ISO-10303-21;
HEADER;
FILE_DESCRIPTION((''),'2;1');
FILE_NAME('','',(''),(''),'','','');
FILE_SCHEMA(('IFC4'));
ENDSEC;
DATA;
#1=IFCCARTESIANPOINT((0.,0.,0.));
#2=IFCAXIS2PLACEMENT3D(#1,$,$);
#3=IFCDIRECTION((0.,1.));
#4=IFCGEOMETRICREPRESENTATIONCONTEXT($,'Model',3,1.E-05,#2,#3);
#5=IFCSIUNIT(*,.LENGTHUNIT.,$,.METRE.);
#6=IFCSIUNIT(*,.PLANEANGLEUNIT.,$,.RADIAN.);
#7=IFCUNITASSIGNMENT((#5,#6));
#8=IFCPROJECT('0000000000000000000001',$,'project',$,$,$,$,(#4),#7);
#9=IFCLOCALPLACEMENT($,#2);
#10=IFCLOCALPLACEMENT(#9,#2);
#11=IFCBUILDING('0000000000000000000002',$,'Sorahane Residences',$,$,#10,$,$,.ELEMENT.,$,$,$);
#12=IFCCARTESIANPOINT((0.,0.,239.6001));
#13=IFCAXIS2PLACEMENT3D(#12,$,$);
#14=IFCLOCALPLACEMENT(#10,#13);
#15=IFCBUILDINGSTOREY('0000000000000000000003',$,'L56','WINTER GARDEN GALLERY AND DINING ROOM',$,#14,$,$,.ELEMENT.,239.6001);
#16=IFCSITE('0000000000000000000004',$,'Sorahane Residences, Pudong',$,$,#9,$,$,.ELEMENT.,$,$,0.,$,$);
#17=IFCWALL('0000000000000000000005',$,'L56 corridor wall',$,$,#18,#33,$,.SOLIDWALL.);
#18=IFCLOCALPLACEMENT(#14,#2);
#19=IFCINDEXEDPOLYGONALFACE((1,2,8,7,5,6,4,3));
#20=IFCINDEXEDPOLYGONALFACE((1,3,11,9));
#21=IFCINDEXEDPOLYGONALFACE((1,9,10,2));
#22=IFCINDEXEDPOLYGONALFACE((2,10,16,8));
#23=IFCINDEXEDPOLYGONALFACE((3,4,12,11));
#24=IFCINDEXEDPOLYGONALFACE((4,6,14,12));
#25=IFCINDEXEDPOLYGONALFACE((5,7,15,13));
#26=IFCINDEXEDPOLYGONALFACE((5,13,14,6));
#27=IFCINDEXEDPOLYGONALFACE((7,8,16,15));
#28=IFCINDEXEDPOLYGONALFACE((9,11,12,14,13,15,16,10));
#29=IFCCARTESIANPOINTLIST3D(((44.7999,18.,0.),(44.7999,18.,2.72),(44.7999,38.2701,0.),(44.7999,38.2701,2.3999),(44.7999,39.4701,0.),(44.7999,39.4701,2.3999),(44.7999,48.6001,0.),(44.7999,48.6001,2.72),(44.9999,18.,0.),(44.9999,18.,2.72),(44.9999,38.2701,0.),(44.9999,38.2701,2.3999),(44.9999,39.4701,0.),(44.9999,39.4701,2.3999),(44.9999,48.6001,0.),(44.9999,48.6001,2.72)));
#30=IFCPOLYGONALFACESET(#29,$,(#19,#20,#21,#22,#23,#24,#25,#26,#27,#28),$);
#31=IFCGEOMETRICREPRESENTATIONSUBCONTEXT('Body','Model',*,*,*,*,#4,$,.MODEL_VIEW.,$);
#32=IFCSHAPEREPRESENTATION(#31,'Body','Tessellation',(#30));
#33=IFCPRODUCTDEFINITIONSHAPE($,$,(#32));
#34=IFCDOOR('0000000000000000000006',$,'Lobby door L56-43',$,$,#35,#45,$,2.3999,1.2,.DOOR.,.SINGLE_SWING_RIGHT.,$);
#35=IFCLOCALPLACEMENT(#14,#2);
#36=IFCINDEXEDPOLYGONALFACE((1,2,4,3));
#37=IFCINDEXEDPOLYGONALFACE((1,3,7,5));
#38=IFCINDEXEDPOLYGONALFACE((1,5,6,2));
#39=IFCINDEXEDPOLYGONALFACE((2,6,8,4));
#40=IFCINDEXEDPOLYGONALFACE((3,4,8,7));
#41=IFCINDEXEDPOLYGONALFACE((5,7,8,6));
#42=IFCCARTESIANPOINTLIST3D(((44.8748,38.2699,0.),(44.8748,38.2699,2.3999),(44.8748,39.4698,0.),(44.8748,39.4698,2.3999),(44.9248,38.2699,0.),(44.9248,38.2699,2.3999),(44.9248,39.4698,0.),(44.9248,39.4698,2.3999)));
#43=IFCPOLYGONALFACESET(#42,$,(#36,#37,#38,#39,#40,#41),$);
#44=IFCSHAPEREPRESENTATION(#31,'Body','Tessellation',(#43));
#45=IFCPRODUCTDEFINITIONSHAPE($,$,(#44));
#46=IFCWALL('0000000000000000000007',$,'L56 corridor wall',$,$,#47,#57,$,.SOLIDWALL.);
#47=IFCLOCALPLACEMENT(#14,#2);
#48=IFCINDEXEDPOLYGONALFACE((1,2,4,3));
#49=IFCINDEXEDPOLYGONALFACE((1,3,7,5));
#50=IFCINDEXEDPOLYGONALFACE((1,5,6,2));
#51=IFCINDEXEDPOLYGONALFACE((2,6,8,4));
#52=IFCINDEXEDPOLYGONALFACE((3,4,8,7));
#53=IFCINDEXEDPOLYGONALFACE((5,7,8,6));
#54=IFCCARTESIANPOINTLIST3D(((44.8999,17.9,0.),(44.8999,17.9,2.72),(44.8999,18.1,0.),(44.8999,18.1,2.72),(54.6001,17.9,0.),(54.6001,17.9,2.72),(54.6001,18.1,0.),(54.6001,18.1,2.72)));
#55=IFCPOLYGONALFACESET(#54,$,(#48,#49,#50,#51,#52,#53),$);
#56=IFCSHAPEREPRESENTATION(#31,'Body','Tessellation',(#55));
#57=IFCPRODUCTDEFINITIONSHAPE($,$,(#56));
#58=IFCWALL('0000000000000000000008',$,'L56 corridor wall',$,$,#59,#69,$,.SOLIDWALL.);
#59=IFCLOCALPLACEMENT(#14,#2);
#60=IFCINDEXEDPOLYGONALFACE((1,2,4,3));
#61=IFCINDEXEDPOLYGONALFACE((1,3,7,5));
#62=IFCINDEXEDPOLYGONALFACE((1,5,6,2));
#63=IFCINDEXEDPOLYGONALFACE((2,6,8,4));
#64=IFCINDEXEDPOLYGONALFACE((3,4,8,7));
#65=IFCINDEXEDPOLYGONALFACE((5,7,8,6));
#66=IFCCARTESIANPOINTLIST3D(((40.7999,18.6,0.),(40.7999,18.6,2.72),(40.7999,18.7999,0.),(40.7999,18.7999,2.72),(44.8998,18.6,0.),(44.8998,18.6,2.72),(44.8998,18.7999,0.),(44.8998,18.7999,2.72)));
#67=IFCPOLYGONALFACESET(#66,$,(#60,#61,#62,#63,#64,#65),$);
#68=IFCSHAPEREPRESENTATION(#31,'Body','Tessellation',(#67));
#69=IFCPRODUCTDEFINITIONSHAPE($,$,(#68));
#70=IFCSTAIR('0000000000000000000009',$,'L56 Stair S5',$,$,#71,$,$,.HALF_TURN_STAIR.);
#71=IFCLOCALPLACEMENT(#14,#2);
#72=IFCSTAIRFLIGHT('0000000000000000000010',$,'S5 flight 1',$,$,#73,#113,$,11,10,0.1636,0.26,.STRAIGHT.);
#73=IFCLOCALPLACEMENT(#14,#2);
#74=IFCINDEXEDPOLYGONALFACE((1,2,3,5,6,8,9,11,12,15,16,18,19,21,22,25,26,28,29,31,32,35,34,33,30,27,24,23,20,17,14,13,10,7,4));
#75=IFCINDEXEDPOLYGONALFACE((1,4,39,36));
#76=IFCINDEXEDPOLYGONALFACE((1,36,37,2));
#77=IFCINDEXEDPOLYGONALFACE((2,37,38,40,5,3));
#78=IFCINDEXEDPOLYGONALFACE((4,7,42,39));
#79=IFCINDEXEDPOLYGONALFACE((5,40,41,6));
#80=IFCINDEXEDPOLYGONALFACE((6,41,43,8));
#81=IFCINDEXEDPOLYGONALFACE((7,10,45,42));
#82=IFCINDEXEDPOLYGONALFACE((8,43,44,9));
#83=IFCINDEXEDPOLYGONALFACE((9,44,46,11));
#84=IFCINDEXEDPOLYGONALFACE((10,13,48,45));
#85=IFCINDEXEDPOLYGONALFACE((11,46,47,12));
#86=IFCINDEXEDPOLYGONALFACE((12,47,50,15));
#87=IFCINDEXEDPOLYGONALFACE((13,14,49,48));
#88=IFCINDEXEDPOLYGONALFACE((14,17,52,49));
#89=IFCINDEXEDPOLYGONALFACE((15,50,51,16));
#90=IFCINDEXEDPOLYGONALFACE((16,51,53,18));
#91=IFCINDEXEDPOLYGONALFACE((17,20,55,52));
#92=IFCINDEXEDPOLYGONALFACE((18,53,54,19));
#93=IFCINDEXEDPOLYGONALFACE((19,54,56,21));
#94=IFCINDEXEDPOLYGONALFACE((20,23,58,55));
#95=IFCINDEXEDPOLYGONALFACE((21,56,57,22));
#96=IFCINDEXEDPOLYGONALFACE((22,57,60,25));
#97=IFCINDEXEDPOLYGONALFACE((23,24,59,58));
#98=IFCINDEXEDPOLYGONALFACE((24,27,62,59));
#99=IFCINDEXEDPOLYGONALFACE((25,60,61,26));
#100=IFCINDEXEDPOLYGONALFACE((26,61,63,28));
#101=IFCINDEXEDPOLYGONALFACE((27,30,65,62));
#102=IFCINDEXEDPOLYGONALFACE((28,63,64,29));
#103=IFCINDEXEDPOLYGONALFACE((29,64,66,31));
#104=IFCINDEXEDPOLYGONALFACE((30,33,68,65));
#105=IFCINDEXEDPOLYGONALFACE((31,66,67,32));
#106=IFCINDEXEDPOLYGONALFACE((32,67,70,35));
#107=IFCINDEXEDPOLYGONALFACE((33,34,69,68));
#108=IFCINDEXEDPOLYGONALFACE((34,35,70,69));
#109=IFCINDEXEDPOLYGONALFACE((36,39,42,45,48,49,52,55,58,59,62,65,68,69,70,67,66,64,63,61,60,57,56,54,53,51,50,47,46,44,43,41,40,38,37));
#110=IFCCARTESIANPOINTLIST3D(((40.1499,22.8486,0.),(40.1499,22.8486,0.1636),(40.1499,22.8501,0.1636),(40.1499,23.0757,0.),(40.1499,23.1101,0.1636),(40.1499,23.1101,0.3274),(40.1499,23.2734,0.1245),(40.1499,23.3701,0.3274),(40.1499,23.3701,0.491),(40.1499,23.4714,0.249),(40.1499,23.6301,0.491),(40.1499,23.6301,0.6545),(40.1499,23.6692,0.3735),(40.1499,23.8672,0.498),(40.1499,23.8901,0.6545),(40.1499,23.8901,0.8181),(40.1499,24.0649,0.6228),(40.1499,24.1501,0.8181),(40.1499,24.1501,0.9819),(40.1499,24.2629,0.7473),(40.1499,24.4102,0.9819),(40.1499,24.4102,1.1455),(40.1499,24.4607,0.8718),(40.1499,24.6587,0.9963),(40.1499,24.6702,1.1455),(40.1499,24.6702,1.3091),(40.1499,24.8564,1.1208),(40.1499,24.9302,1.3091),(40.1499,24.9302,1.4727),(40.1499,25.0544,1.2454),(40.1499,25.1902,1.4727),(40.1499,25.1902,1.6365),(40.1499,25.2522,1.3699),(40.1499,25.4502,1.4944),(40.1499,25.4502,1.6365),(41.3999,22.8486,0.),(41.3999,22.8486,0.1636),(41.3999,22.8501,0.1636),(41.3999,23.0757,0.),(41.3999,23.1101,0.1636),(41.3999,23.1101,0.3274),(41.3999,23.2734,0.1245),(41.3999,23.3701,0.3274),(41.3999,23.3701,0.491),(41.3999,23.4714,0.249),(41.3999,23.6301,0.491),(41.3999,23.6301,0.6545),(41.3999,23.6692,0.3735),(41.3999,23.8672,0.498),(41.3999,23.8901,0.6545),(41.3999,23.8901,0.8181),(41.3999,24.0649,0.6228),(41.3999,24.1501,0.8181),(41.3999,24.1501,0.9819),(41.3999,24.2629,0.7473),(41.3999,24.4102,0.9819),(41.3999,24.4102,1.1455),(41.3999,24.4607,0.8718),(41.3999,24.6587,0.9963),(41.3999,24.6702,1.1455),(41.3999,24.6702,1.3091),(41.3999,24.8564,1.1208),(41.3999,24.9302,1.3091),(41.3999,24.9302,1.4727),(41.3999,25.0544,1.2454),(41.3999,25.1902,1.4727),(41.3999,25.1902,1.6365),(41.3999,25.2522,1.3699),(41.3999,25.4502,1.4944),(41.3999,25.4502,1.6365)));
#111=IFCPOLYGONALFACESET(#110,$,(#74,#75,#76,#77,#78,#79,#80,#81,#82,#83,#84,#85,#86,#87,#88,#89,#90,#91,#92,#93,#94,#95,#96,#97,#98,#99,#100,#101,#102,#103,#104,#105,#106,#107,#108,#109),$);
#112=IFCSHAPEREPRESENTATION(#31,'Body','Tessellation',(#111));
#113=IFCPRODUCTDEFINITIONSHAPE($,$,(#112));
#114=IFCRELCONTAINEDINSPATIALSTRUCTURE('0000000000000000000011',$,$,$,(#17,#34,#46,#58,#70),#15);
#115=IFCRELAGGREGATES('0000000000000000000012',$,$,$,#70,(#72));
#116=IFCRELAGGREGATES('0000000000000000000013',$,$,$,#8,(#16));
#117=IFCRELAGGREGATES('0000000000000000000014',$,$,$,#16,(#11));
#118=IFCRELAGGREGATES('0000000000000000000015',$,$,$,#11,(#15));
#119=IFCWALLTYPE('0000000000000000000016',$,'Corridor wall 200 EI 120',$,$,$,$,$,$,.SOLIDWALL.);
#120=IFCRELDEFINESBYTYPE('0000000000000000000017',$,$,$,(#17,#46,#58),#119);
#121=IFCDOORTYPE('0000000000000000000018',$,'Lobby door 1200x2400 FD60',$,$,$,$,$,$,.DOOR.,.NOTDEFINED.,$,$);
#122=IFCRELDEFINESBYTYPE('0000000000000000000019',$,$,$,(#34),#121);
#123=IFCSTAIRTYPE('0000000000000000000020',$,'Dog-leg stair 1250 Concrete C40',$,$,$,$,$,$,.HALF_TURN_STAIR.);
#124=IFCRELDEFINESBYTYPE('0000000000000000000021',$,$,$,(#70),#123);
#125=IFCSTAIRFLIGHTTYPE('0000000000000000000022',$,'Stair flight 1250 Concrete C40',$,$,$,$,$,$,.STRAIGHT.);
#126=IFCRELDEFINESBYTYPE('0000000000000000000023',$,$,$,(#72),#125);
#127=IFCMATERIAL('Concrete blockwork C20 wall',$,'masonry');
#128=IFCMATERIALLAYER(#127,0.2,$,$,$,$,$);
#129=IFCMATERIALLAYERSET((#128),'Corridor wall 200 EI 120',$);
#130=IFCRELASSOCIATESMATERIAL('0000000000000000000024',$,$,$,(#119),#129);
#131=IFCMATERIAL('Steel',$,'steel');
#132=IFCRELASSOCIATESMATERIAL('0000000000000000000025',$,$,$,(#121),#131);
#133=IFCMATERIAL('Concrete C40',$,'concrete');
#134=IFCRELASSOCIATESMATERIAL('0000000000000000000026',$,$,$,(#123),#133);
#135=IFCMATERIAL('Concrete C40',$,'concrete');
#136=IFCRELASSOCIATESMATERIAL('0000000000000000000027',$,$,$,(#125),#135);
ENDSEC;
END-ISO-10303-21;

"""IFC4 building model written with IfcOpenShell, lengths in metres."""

from ifc_helpers import new_model, si_unit, direction, frame, frame_2d, origin, place, context, subcontext, project, spatial, polyline, rectangle, outline, extrude, material, layer, layer_set, type_object, element, fill, aggregate, save


model = new_model("IFC4")

# Units and contexts
model_context = context("Model", 3, precision=1e-05, world=origin(), true_north=direction((0.0, 1.0)))
body_context = subcontext(model_context, "Body", "Model", "MODEL_VIEW")
ifc_project = project(units=[si_unit("LENGTHUNIT", "METRE"), si_unit("PLANEANGLEUNIT", "RADIAN")], contexts=[model_context])

# Site, building, storey
site_placement = place(None, origin())
site = spatial("IfcSite", under=ifc_project, at=site_placement, Name="Sorahane Residences, Pudong", CompositionType="ELEMENT", RefElevation=0.0)
building_placement = place(site_placement, origin())
building = spatial("IfcBuilding", under=site, at=building_placement, Name="Sorahane Residences", CompositionType="ELEMENT")
storey_placement = place(building_placement, frame((0.0, 0.0, 239.6001)))
storey = spatial("IfcBuildingStorey", under=building, at=storey_placement, Name="L56", Description="WINTER GARDEN GALLERY AND DINING ROOM", CompositionType="ELEMENT", Elevation=239.6001)

# Wall, opening, door
ifc_material_1 = material(Name="Concrete blockwork C20 wall", Category="masonry")
ifc_layer_1 = layer(ifc_material_1, 0.2)
ifc_layer_set_1 = layer_set([ifc_layer_1], Name="Corridor wall 200 EI 120")
wall_type_1 = type_object("IfcWallType", Name="Corridor wall 200 EI 120", PredefinedType="SOLIDWALL", material=ifc_layer_set_1)
wall_1_placement = place(storey_placement, frame((44.8999, 18.0, 0.0), z_axis=(0.0, 0.0, 1.0), x_axis=(0.0, 1.0, 0.0)))
wall_1 = element("IfcWall", 1, at=wall_1_placement, inside=storey, type_object=wall_type_1, Name="L56 corridor wall", PredefinedType="SOLIDWALL", context=body_context, shape_type="SweptSolid", body=[
    extrude(rectangle(XDim=30.6001, YDim=0.2, at=frame_2d((15.3, 0.0))), origin(), (0.0, 0.0, 1.0), 2.72),
])
opening_1_placement = place(wall_1_placement, frame((20.27, 0.0, 0.0)))
opening_1 = element("IfcOpeningElement", 2, at=opening_1_placement, cuts=wall_1, PredefinedType="OPENING", context=body_context, shape_type="SweptSolid", body=[
    extrude(rectangle(XDim=1.2, YDim=2.3999, at=frame_2d((0.6001, 1.2))), frame((0.0, 0.1099, 0.0), z_axis=(0.0, -1.0, 0.0), x_axis=(1.0, 0.0, 0.0)), (0.0, 0.0, 1.0), 0.22),
])
ifc_material_2 = material(Name="Steel", Category="steel")
door_type_1 = type_object("IfcDoorType", Name="Lobby door 1200x2400 FD60", OperationType="NOTDEFINED", PredefinedType="DOOR", material=ifc_material_2)
door_1_placement = place(opening_1_placement, frame((1.2, 0.0, 0.0), z_axis=(0.0, 0.0, 1.0), x_axis=(-1.0, 0.0, 0.0)))
door_1 = element("IfcDoor", 3, at=door_1_placement, inside=storey, type_object=door_type_1, Name="Lobby door L56-43", OperationType="SINGLE_SWING_RIGHT", OverallHeight=2.3999, OverallWidth=1.2, PredefinedType="DOOR", context=body_context, shape_type="SweptSolid", body=[
    extrude(rectangle(XDim=1.2, YDim=2.3999, at=frame_2d((0.6001, 1.2))), frame((0.0, 0.0249, 0.0), z_axis=(0.0, -1.0, 0.0), x_axis=(1.0, 0.0, 0.0)), (0.0, 0.0, 1.0), 0.05),
])
fill(opening_1, door_1)

# Walls
wall_2_placement = place(storey_placement, frame((44.8999, 18.0, 0.0), z_axis=(0.0, 0.0, 1.0), x_axis=(1.0, 0.0, 0.0)))
element("IfcWall", 4, at=wall_2_placement, inside=storey, type_object=wall_type_1, Name="L56 corridor wall", PredefinedType="SOLIDWALL", context=body_context, shape_type="SweptSolid", body=[
    extrude(rectangle(XDim=9.7002, YDim=0.2, at=frame_2d((4.8501, 0.0))), origin(), (0.0, 0.0, 1.0), 2.72),
])
wall_3_placement = place(storey_placement, frame((40.8, 18.7, 0.0), z_axis=(0.0, 0.0, 1.0), x_axis=(1.0, 0.0, 0.0)))
element("IfcWall", 5, at=wall_3_placement, inside=storey, type_object=wall_type_1, Name="L56 corridor wall", PredefinedType="SOLIDWALL", context=body_context, shape_type="SweptSolid", body=[
    extrude(rectangle(XDim=4.0999, YDim=0.2, at=frame_2d((2.0498, 0.0))), origin(), (0.0, 0.0, 1.0), 2.72),
])

# Stair, stair flight
ifc_material_3 = material(Name="Concrete C40", Category="concrete")
stair_type = type_object("IfcStairType", Name="Dog-leg stair 1250 Concrete C40", PredefinedType="HALF_TURN_STAIR", material=ifc_material_3)
stair_placement = place(storey_placement, origin())
stair = element("IfcStair", 6, at=stair_placement, inside=storey, type_object=stair_type, Name="L56 Stair S5", PredefinedType="HALF_TURN_STAIR")
ifc_material_4 = material(Name="Concrete C40", Category="concrete")
stair_flight_type = type_object("IfcStairFlightType", Name="Stair flight 1250 Concrete C40", PredefinedType="STRAIGHT", material=ifc_material_4)
stair_flight_placement = place(storey_placement, frame((40.7749, 22.8501, 0.0), z_axis=(0.0, 0.0, 1.0), x_axis=(0.0, 1.0, 0.0)))
stair_flight = element("IfcStairFlight", 7, at=stair_flight_placement, type_object=stair_flight_type, Name="S5 flight 1", NumberOfRisers=11, NumberOfTreads=10, PredefinedType="STRAIGHT", RiserHeight=0.1636, TreadLength=0.26, context=body_context, shape_type="SweptSolid", body=[
    extrude(outline(polyline([(-0.0015, 0.0), (-0.0015, 0.1636), (0.0, 0.1636), (0.26, 0.1636), (0.26, 0.3274), (0.52, 0.3274), (0.52, 0.491), (0.78, 0.491), (0.78, 0.6545), (1.04, 0.6545), (1.04, 0.8181), (1.3, 0.8181), (1.3, 0.9819), (1.5601, 0.9819), (1.5601, 1.1455), (1.8201, 1.1455), (1.8201, 1.3091), (2.0801, 1.3091), (2.0801, 1.4727), (2.3401, 1.4727), (2.3401, 1.6365), (2.6001, 1.6365), (2.6001, 1.8), (2.6001, 1.4944), (2.4021, 1.3699), (2.2043, 1.2454), (2.0063, 1.1208), (1.8086, 0.9963), (1.6106, 0.8718), (1.4128, 0.7473), (1.2148, 0.6228), (1.0171, 0.498), (0.8191, 0.3735), (0.6213, 0.249), (0.4233, 0.1245), (0.2256, 0.0), (-0.0015, 0.0)])), frame((0.0, 0.625, 0.0), z_axis=(0.0, -1.0, 0.0), x_axis=(1.0, 0.0, 0.0)), (0.0, 0.0, 1.0), 1.25),
])
aggregate(stair, [stair_flight])

save(model, "model.ifc")
